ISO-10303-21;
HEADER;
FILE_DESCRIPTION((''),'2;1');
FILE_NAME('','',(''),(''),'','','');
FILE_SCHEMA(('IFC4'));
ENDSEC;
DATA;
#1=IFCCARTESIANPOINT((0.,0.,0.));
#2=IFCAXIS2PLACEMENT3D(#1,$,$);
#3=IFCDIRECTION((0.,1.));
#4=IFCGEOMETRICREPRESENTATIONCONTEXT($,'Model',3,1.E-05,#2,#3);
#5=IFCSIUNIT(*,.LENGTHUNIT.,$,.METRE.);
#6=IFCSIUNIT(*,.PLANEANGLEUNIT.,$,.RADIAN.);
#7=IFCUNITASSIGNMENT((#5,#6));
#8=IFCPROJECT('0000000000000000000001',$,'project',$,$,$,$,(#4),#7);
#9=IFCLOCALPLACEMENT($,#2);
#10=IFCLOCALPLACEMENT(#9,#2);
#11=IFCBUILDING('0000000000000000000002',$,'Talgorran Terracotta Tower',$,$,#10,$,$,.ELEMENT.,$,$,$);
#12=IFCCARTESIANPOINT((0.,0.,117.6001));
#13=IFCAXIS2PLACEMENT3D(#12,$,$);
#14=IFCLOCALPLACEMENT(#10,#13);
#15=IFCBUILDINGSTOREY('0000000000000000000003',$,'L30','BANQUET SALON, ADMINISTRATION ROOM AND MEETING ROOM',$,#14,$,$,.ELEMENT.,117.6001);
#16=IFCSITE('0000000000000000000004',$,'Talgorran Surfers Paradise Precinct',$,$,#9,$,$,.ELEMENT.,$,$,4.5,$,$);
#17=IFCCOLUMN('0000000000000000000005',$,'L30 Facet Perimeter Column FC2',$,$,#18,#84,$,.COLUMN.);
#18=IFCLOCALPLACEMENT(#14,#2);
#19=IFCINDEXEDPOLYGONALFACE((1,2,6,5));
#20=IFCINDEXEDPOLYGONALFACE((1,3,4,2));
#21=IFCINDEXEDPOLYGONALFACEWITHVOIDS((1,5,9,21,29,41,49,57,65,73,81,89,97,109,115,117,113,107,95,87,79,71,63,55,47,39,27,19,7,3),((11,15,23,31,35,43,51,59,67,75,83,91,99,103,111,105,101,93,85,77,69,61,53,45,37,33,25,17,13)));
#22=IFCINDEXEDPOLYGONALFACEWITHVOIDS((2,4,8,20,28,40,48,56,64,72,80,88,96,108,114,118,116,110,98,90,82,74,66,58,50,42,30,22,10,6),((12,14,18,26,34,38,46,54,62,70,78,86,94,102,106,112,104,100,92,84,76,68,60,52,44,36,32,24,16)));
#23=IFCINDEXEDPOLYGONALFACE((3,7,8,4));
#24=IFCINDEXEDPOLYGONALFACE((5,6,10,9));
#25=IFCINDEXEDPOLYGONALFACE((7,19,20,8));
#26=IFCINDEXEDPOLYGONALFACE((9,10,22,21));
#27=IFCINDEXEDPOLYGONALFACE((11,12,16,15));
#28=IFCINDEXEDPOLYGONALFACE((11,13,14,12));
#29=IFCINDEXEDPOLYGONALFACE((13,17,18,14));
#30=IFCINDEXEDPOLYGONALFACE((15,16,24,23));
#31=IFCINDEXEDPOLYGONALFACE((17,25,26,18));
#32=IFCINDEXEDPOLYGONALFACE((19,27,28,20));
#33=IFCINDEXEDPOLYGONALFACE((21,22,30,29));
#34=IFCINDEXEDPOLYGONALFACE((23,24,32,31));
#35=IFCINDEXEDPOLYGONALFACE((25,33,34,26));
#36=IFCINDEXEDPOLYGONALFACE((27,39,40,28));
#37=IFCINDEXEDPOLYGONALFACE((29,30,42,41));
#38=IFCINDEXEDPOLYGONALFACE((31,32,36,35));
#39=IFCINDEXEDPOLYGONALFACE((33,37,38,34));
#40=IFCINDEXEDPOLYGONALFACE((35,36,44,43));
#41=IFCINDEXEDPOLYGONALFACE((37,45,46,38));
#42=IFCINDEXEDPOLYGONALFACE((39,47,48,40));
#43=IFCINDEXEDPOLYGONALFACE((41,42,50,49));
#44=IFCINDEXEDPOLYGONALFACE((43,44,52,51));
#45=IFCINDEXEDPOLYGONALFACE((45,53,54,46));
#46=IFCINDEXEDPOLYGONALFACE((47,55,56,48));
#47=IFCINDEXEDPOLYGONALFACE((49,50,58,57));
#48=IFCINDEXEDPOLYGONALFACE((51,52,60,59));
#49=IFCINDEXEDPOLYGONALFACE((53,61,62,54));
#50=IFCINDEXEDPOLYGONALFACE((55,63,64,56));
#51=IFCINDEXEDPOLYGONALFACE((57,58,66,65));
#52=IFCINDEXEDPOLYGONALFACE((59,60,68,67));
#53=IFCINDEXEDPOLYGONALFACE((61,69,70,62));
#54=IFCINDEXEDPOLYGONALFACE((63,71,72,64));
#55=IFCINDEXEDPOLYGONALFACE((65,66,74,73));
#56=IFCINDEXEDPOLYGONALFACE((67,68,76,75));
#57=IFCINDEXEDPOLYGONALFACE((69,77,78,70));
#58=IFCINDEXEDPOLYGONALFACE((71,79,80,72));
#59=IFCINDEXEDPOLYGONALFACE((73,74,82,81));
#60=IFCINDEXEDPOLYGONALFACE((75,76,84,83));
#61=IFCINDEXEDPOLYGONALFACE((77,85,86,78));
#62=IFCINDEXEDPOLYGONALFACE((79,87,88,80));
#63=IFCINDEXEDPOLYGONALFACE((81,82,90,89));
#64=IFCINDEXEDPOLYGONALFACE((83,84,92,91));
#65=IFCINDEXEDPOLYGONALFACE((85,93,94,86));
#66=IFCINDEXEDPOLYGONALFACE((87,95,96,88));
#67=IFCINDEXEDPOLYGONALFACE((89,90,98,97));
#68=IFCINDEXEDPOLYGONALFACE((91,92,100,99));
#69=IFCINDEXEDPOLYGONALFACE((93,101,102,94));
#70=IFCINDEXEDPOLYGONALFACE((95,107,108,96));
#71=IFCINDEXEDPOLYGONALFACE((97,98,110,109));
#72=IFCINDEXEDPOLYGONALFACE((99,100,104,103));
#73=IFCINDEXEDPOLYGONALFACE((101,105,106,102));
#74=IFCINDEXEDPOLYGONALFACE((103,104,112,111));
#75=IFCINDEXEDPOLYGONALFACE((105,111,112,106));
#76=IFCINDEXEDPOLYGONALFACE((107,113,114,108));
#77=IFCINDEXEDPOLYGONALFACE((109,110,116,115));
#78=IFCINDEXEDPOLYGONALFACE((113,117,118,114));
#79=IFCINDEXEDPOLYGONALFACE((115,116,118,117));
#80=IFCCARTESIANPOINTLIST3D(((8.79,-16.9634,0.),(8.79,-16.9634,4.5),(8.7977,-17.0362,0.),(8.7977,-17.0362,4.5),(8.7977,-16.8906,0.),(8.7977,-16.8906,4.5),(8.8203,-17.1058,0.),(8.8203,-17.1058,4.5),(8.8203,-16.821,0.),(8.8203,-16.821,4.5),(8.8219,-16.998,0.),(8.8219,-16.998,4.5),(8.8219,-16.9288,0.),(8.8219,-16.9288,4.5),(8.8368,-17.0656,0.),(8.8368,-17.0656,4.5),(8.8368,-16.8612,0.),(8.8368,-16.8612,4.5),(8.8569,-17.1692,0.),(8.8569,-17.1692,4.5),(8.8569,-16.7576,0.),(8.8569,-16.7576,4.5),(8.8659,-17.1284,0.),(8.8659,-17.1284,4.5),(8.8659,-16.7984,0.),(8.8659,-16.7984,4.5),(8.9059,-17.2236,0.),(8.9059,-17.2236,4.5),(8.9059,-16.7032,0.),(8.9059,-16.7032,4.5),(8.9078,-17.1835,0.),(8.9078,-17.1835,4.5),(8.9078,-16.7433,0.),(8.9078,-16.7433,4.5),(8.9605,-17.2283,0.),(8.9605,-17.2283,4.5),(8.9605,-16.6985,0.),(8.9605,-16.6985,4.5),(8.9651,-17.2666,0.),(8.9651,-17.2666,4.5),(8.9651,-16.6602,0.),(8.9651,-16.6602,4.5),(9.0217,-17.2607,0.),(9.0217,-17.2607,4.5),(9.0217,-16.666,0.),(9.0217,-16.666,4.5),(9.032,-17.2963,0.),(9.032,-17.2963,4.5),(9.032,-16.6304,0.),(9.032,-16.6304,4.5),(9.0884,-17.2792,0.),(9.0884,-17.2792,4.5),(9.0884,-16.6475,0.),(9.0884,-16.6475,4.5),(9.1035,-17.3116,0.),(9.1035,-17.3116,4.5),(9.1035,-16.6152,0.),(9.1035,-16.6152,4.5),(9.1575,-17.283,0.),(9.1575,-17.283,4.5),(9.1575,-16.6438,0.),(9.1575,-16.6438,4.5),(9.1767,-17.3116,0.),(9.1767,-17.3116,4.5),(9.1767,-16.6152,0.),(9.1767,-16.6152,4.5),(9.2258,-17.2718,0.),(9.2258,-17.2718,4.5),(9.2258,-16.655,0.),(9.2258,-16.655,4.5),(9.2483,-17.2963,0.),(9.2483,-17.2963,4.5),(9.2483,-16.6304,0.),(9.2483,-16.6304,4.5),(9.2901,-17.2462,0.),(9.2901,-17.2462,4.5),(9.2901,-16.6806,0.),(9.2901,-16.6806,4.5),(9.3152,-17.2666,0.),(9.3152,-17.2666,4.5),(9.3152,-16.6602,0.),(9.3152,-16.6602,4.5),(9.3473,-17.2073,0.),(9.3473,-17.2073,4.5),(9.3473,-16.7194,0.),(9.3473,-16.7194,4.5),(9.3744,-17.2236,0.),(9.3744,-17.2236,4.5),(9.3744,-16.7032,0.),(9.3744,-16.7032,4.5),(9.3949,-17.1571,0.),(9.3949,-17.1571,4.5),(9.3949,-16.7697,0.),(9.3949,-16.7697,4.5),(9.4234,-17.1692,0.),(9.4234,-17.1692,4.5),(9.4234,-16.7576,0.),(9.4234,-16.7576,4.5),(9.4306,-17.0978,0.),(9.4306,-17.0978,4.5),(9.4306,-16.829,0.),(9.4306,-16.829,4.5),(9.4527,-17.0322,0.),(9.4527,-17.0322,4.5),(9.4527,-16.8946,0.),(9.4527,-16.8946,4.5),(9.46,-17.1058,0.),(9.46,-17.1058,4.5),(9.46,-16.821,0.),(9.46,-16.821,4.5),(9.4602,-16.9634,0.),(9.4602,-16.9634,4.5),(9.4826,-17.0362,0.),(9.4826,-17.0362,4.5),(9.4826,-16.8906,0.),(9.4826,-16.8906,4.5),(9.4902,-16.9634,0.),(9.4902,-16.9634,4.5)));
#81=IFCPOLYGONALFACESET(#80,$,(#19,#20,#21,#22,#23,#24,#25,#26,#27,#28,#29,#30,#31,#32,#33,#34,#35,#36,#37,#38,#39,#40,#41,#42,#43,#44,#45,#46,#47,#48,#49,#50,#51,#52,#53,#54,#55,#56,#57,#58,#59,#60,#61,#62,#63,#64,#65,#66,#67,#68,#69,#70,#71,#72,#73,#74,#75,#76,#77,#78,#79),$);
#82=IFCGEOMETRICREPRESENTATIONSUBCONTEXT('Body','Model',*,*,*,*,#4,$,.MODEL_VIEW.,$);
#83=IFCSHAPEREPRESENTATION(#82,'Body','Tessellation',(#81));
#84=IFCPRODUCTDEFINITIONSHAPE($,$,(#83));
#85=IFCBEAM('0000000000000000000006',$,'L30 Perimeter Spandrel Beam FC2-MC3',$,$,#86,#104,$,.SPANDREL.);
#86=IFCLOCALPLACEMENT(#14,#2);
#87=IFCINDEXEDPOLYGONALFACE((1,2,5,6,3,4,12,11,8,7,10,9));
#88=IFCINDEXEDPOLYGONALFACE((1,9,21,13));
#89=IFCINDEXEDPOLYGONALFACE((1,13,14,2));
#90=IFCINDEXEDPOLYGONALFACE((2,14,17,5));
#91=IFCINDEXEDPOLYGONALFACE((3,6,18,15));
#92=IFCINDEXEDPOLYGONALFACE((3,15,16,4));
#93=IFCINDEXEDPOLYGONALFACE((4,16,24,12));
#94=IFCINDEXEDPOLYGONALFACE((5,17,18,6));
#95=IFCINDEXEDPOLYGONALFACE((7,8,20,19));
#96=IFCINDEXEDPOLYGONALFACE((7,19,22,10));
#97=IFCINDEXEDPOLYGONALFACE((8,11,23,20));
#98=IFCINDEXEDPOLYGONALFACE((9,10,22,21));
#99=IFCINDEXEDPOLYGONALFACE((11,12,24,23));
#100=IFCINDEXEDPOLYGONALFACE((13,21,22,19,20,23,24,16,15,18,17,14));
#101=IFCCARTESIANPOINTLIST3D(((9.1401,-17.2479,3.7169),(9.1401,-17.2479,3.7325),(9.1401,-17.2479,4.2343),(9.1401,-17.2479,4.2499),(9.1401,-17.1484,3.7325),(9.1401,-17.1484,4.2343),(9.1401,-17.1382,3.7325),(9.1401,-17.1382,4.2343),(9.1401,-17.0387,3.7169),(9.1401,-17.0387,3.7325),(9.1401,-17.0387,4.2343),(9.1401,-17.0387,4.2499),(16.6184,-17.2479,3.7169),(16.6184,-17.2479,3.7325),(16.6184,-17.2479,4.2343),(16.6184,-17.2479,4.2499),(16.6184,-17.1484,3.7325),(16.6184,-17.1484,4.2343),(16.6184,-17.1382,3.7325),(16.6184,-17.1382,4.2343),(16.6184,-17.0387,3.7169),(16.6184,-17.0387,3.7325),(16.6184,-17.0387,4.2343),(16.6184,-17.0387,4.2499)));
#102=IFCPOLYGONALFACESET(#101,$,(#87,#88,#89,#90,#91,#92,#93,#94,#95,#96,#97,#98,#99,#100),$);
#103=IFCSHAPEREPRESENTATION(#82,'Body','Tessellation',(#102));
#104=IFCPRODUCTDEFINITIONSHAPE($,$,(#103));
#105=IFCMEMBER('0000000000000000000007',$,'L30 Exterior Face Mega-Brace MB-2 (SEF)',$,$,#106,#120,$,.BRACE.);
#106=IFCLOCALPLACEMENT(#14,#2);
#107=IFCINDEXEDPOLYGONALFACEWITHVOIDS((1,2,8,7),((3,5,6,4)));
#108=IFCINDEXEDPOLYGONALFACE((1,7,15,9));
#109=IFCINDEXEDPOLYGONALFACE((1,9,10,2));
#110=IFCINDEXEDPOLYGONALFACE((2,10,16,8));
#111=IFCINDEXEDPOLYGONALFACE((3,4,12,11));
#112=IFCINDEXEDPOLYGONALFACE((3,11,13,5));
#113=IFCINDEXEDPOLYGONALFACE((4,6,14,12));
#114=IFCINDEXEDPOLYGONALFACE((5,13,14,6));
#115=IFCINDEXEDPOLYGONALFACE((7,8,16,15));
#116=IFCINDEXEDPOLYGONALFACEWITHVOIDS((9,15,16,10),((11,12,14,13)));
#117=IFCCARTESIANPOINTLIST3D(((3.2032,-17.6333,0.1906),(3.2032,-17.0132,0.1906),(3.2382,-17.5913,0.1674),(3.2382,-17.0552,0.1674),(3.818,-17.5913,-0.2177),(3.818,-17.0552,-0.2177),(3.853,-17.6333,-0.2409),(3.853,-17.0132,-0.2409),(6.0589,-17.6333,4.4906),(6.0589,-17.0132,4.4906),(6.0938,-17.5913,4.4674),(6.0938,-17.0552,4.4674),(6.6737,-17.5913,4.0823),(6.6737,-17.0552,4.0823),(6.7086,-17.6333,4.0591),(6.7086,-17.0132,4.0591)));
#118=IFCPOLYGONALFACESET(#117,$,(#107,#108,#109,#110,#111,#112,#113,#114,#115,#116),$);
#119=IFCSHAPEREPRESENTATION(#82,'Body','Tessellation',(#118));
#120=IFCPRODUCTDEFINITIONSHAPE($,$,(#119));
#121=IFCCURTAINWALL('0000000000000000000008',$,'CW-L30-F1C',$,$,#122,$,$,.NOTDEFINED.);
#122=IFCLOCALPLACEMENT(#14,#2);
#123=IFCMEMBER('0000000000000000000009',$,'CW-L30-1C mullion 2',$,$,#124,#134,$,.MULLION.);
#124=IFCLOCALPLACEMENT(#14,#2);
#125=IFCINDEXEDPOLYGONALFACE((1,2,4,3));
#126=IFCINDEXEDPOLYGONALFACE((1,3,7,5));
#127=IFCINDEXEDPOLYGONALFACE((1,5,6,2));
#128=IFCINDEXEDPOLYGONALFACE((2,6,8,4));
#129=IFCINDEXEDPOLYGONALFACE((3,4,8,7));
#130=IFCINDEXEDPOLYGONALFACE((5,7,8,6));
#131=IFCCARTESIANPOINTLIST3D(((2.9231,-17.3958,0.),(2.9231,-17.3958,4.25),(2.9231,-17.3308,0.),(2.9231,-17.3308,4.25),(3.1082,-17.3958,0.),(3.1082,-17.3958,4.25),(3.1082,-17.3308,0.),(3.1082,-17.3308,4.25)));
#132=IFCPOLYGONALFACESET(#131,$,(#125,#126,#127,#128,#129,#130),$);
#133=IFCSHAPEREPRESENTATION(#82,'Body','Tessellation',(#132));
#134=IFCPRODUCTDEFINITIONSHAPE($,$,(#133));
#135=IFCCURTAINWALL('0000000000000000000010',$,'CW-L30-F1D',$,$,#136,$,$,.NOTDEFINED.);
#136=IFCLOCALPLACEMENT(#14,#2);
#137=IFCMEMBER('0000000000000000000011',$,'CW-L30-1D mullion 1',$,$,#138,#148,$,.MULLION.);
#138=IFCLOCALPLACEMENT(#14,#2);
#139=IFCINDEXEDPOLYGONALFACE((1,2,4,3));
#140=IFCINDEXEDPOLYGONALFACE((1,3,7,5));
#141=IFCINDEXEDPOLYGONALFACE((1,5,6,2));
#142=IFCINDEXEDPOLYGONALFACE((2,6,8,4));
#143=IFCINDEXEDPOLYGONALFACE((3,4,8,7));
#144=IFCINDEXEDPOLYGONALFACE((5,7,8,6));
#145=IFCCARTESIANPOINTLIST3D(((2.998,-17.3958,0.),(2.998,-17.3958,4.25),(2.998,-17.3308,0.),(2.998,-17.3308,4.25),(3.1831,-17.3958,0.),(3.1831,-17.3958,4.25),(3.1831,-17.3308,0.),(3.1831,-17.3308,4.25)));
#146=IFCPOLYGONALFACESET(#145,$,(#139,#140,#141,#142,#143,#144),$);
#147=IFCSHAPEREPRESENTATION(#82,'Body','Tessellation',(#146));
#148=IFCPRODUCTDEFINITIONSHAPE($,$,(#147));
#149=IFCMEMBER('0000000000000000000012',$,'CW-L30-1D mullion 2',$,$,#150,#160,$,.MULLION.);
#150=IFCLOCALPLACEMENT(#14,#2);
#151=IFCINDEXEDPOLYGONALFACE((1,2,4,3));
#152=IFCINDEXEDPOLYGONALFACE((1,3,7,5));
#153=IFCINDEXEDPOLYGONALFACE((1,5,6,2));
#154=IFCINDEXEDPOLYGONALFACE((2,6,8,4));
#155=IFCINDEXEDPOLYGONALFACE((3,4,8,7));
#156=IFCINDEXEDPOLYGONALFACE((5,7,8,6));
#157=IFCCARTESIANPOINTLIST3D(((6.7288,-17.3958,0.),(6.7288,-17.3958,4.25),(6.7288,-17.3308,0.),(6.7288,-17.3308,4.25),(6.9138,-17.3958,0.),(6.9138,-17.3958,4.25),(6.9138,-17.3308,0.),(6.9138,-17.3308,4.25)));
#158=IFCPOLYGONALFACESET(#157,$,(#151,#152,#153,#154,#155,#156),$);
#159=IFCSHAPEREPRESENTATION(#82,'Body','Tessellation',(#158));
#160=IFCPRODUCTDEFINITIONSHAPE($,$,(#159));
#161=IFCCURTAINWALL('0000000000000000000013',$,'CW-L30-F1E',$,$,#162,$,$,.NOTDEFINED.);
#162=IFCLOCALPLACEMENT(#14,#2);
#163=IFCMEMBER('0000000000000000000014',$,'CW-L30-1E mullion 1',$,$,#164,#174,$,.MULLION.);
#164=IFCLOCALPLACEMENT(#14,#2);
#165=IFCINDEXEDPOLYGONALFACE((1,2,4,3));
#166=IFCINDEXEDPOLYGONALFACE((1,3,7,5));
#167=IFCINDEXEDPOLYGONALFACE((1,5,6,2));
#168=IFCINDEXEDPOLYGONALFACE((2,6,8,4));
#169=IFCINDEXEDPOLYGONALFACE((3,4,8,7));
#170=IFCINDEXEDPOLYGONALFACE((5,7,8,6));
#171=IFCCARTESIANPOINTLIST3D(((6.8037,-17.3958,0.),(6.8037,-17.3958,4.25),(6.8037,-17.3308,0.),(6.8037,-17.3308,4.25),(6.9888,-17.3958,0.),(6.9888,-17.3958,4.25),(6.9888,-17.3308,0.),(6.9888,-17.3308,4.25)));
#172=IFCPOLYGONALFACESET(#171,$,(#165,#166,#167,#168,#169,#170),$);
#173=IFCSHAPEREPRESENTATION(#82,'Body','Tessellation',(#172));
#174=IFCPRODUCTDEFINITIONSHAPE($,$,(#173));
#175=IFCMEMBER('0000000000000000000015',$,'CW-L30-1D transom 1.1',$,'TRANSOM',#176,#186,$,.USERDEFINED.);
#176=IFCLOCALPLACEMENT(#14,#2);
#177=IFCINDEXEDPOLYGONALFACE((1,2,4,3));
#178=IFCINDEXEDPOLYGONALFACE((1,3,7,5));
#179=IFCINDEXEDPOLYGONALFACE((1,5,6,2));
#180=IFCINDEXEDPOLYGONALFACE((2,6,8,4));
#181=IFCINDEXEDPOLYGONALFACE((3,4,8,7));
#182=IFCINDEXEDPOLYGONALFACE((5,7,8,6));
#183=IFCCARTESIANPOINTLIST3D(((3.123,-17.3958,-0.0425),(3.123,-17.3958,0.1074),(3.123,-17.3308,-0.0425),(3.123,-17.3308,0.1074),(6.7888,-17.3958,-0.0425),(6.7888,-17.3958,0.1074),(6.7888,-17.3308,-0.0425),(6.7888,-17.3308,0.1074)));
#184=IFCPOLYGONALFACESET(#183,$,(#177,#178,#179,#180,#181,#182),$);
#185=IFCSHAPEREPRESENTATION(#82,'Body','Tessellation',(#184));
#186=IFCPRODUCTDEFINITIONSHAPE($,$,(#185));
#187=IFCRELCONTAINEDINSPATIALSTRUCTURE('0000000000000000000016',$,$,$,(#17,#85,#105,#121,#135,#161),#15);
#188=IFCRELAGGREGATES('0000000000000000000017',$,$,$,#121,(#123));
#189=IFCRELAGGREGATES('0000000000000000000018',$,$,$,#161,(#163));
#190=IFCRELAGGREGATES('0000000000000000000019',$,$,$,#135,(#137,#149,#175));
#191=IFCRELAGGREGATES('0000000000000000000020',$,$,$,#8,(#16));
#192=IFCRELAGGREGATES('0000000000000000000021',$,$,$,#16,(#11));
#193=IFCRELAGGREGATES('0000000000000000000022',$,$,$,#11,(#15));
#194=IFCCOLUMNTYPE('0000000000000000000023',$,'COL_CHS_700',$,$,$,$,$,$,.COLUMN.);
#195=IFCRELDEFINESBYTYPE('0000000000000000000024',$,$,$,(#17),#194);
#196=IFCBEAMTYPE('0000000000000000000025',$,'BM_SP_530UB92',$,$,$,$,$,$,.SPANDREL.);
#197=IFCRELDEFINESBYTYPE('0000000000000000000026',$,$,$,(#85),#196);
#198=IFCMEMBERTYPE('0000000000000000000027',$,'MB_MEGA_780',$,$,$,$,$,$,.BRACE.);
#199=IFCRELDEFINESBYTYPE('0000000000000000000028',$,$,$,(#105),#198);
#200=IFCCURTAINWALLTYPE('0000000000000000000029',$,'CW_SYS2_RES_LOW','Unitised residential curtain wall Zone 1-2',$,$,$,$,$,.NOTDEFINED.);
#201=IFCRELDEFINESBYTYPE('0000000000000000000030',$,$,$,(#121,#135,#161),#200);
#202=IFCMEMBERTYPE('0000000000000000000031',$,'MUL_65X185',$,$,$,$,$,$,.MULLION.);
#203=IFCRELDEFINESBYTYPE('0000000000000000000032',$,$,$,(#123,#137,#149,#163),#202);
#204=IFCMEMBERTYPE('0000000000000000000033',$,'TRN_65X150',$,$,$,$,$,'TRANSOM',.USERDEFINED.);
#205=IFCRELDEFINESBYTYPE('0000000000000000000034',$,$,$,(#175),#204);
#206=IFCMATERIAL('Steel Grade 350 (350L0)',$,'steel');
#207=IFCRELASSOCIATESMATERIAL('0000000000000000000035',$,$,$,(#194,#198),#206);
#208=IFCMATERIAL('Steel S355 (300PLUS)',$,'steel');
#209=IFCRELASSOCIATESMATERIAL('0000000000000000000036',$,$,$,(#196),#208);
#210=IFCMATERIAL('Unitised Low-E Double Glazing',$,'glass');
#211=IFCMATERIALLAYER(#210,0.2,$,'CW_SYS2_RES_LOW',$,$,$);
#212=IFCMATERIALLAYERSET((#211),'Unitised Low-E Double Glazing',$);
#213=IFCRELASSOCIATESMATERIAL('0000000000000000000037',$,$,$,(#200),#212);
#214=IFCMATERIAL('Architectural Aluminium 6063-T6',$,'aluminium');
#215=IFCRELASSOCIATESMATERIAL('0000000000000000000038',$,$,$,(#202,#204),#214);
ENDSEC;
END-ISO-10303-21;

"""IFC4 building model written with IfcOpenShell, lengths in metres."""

from ifc_helpers import new_model, si_unit, direction, frame, origin, origin_2d, place, context, subcontext, project, spatial, rectangle, hollow_rectangle, hollow_circle, i_section, extrude, material, layer, layer_set, material_profile, profile_set, type_object, element, aggregate, save


model = new_model("IFC4")

# Units and contexts
model_context = context("Model", 3, precision=1e-05, world=origin(), true_north=direction((0.0, 1.0)))
body_context = subcontext(model_context, "Body", "Model", "MODEL_VIEW")
ifc_project = project(units=[si_unit("LENGTHUNIT", "METRE"), si_unit("PLANEANGLEUNIT", "RADIAN")], contexts=[model_context])

# Site, building, storey
site_placement = place(None, origin())
site = spatial("IfcSite", under=ifc_project, at=site_placement, Name="Talgorran Surfers Paradise Precinct", CompositionType="ELEMENT", RefElevation=4.5)
building_placement = place(site_placement, origin())
building = spatial("IfcBuilding", under=site, at=building_placement, Name="Talgorran Terracotta Tower", CompositionType="ELEMENT")
storey_placement = place(building_placement, frame((0.0, 0.0, 117.6001)))
storey = spatial("IfcBuildingStorey", under=building, at=storey_placement, Name="L30", Description="BANQUET SALON, ADMINISTRATION ROOM AND MEETING ROOM", CompositionType="ELEMENT", Elevation=117.6001)

# Column
ifc_material_1 = material(Name="Steel Grade 350 (350L0)", Category="steel")
ifc_material_profile_1 = material_profile(ifc_material_1, hollow_circle(Radius=0.3501, WallThickness=0.03, at=origin_2d()), Name="CHS700X30")
ifc_profile_set_1 = profile_set([ifc_material_profile_1], Name="Steel Grade 350 (350L0)")
column_type = type_object("IfcColumnType", Name="COL_CHS_700", PredefinedType="COLUMN", material=ifc_profile_set_1)
column_placement = place(storey_placement, frame((9.1401, -16.9634, 0.0), z_axis=(0.0, 0.0, 1.0), x_axis=(1.0, 0.0, 0.0)))
element("IfcColumn", 1, at=column_placement, inside=storey, type_object=column_type, Name="L30 Facet Perimeter Column FC2", PredefinedType="COLUMN", context=body_context, shape_type="SweptSolid", body=[
    extrude(hollow_circle(Radius=0.3501, WallThickness=0.03, at=origin_2d()), origin(), (0.0, 0.0, 1.0), 4.5),
])

# Beam
ifc_material_2 = material(Name="Steel S355 (300PLUS)", Category="steel")
ifc_material_profile_2 = material_profile(ifc_material_2, i_section(OverallWidth=0.2092, OverallDepth=0.533, WebThickness=0.0103, FlangeThickness=0.0156, at=origin_2d()), Name="530UB92.4")
ifc_profile_set_2 = profile_set([ifc_material_profile_2], Name="Steel S355 (300PLUS)")
beam_type = type_object("IfcBeamType", Name="BM_SP_530UB92", PredefinedType="SPANDREL", material=ifc_profile_set_2)
beam_placement = place(storey_placement, frame((9.1401, -17.1433, 3.9834), z_axis=(1.0, 0.0, 0.0), x_axis=(0.0, 1.0, 0.0)))
element("IfcBeam", 2, at=beam_placement, inside=storey, type_object=beam_type, Name="L30 Perimeter Spandrel Beam FC2-MC3", PredefinedType="SPANDREL", context=body_context, shape_type="SweptSolid", body=[
    extrude(i_section(OverallWidth=0.2092, OverallDepth=0.533, WebThickness=0.0103, FlangeThickness=0.0156, at=origin_2d()), origin(), (0.0, 0.0, 1.0), 7.4783),
])

# Member
ifc_material_profile_3 = material_profile(ifc_material_1, hollow_rectangle(XDim=0.6201, YDim=0.78, WallThickness=0.042, at=origin_2d()), Name="WBOX780X620X42")
ifc_profile_set_3 = profile_set([ifc_material_profile_3], Name="Steel Grade 350 (350L0)")
member_type_1 = type_object("IfcMemberType", Name="MB_MEGA_780", PredefinedType="BRACE", material=ifc_profile_set_3)
member_1_placement = place(storey_placement, frame((3.5281, -17.3232, -0.0251), z_axis=(0.553226, 0.0, 0.833031), x_axis=(0.0, 1.0, 0.0)))
element("IfcMember", 3, at=member_1_placement, inside=storey, type_object=member_type_1, Name="L30 Exterior Face Mega-Brace MB-2 (SEF)", PredefinedType="BRACE", context=body_context, shape_type="SweptSolid", body=[
    extrude(hollow_rectangle(XDim=0.6201, YDim=0.78, WallThickness=0.042, at=origin_2d()), origin(), (0.0, 0.0, 1.0), 5.1619),
])

# Curtain wall, member
ifc_material_3 = material(Name="Unitised Low-E Double Glazing", Category="glass")
ifc_layer_1 = layer(ifc_material_3, 0.2, Name="CW_SYS2_RES_LOW")
ifc_layer_set_1 = layer_set([ifc_layer_1], Name="Unitised Low-E Double Glazing")
curtain_wall_type = type_object("IfcCurtainWallType", Name="CW_SYS2_RES_LOW", Description="Unitised residential curtain wall Zone 1-2", PredefinedType="NOTDEFINED", material=ifc_layer_set_1)
curtain_wall_1_placement = place(storey_placement, origin())
curtain_wall_1 = element("IfcCurtainWall", 4, at=curtain_wall_1_placement, inside=storey, type_object=curtain_wall_type, Name="CW-L30-F1C", PredefinedType="NOTDEFINED")
ifc_material_4 = material(Name="Architectural Aluminium 6063-T6", Category="aluminium")
ifc_material_profile_4 = material_profile(ifc_material_4, rectangle(XDim=0.0649, YDim=0.1851, at=origin_2d()), Name="CWM65X185")
ifc_profile_set_4 = profile_set([ifc_material_profile_4], Name="Architectural Aluminium 6063-T6")
member_type_2 = type_object("IfcMemberType", Name="MUL_65X185", PredefinedType="MULLION", material=ifc_profile_set_4)
member_2_placement = place(storey_placement, frame((3.0156, -17.3633, 0.0), z_axis=(0.0, 0.0, 1.0), x_axis=(0.0, 1.0, 0.0)))
member_2 = element("IfcMember", 5, at=member_2_placement, type_object=member_type_2, Name="CW-L30-1C mullion 2", PredefinedType="MULLION", context=body_context, shape_type="SweptSolid", body=[
    extrude(rectangle(XDim=0.0649, YDim=0.1851, at=origin_2d()), origin(), (0.0, 0.0, 1.0), 4.25),
])
aggregate(curtain_wall_1, [member_2])

# Curtain wall, members
curtain_wall_2_placement = place(storey_placement, origin())
curtain_wall_2 = element("IfcCurtainWall", 6, at=curtain_wall_2_placement, inside=storey, type_object=curtain_wall_type, Name="CW-L30-F1D", PredefinedType="NOTDEFINED")
member_3_placement = place(storey_placement, frame((3.0906, -17.3633, 0.0), z_axis=(0.0, 0.0, 1.0), x_axis=(0.0, 1.0, 0.0)))
member_3 = element("IfcMember", 7, at=member_3_placement, type_object=member_type_2, Name="CW-L30-1D mullion 1", PredefinedType="MULLION", context=body_context, shape_type="SweptSolid", body=[
    extrude(rectangle(XDim=0.0649, YDim=0.1851, at=origin_2d()), origin(), (0.0, 0.0, 1.0), 4.25),
])
member_4_placement = place(storey_placement, frame((6.8213, -17.3633, 0.0), z_axis=(0.0, 0.0, 1.0), x_axis=(0.0, 1.0, 0.0)))
member_4 = element("IfcMember", 8, at=member_4_placement, type_object=member_type_2, Name="CW-L30-1D mullion 2", PredefinedType="MULLION", context=body_context, shape_type="SweptSolid", body=[
    extrude(rectangle(XDim=0.0649, YDim=0.1851, at=origin_2d()), origin(), (0.0, 0.0, 1.0), 4.25),
])

# Curtain wall, member
curtain_wall_3_placement = place(storey_placement, origin())
curtain_wall_3 = element("IfcCurtainWall", 9, at=curtain_wall_3_placement, inside=storey, type_object=curtain_wall_type, Name="CW-L30-F1E", PredefinedType="NOTDEFINED")
member_5_placement = place(storey_placement, frame((6.8962, -17.3633, 0.0), z_axis=(0.0, 0.0, 1.0), x_axis=(0.0, 1.0, 0.0)))
member_5 = element("IfcMember", 10, at=member_5_placement, type_object=member_type_2, Name="CW-L30-1E mullion 1", PredefinedType="MULLION", context=body_context, shape_type="SweptSolid", body=[
    extrude(rectangle(XDim=0.0649, YDim=0.1851, at=origin_2d()), origin(), (0.0, 0.0, 1.0), 4.25),
])

# Member
ifc_material_profile_5 = material_profile(ifc_material_4, rectangle(XDim=0.0649, YDim=0.1499, at=origin_2d()), Name="CWT65X150")
ifc_profile_set_5 = profile_set([ifc_material_profile_5], Name="Architectural Aluminium 6063-T6")
member_type_3 = type_object("IfcMemberType", Name="TRN_65X150", ElementType="TRANSOM", PredefinedType="USERDEFINED", material=ifc_profile_set_5)
member_6_placement = place(storey_placement, frame((3.123, -17.3633, 0.0325), z_axis=(1.0, 0.0, 0.0), x_axis=(0.0, 1.0, 0.0)))
member_6 = element("IfcMember", 11, at=member_6_placement, type_object=member_type_3, Name="CW-L30-1D transom 1.1", ObjectType="TRANSOM", PredefinedType="USERDEFINED", context=body_context, shape_type="SweptSolid", body=[
    extrude(rectangle(XDim=0.0649, YDim=0.1499, at=origin_2d()), origin(), (0.0, 0.0, 1.0), 3.6658),
])

aggregate(curtain_wall_3, [member_5])
aggregate(curtain_wall_2, [member_3, member_4, member_6])

save(model, "model.ifc")
